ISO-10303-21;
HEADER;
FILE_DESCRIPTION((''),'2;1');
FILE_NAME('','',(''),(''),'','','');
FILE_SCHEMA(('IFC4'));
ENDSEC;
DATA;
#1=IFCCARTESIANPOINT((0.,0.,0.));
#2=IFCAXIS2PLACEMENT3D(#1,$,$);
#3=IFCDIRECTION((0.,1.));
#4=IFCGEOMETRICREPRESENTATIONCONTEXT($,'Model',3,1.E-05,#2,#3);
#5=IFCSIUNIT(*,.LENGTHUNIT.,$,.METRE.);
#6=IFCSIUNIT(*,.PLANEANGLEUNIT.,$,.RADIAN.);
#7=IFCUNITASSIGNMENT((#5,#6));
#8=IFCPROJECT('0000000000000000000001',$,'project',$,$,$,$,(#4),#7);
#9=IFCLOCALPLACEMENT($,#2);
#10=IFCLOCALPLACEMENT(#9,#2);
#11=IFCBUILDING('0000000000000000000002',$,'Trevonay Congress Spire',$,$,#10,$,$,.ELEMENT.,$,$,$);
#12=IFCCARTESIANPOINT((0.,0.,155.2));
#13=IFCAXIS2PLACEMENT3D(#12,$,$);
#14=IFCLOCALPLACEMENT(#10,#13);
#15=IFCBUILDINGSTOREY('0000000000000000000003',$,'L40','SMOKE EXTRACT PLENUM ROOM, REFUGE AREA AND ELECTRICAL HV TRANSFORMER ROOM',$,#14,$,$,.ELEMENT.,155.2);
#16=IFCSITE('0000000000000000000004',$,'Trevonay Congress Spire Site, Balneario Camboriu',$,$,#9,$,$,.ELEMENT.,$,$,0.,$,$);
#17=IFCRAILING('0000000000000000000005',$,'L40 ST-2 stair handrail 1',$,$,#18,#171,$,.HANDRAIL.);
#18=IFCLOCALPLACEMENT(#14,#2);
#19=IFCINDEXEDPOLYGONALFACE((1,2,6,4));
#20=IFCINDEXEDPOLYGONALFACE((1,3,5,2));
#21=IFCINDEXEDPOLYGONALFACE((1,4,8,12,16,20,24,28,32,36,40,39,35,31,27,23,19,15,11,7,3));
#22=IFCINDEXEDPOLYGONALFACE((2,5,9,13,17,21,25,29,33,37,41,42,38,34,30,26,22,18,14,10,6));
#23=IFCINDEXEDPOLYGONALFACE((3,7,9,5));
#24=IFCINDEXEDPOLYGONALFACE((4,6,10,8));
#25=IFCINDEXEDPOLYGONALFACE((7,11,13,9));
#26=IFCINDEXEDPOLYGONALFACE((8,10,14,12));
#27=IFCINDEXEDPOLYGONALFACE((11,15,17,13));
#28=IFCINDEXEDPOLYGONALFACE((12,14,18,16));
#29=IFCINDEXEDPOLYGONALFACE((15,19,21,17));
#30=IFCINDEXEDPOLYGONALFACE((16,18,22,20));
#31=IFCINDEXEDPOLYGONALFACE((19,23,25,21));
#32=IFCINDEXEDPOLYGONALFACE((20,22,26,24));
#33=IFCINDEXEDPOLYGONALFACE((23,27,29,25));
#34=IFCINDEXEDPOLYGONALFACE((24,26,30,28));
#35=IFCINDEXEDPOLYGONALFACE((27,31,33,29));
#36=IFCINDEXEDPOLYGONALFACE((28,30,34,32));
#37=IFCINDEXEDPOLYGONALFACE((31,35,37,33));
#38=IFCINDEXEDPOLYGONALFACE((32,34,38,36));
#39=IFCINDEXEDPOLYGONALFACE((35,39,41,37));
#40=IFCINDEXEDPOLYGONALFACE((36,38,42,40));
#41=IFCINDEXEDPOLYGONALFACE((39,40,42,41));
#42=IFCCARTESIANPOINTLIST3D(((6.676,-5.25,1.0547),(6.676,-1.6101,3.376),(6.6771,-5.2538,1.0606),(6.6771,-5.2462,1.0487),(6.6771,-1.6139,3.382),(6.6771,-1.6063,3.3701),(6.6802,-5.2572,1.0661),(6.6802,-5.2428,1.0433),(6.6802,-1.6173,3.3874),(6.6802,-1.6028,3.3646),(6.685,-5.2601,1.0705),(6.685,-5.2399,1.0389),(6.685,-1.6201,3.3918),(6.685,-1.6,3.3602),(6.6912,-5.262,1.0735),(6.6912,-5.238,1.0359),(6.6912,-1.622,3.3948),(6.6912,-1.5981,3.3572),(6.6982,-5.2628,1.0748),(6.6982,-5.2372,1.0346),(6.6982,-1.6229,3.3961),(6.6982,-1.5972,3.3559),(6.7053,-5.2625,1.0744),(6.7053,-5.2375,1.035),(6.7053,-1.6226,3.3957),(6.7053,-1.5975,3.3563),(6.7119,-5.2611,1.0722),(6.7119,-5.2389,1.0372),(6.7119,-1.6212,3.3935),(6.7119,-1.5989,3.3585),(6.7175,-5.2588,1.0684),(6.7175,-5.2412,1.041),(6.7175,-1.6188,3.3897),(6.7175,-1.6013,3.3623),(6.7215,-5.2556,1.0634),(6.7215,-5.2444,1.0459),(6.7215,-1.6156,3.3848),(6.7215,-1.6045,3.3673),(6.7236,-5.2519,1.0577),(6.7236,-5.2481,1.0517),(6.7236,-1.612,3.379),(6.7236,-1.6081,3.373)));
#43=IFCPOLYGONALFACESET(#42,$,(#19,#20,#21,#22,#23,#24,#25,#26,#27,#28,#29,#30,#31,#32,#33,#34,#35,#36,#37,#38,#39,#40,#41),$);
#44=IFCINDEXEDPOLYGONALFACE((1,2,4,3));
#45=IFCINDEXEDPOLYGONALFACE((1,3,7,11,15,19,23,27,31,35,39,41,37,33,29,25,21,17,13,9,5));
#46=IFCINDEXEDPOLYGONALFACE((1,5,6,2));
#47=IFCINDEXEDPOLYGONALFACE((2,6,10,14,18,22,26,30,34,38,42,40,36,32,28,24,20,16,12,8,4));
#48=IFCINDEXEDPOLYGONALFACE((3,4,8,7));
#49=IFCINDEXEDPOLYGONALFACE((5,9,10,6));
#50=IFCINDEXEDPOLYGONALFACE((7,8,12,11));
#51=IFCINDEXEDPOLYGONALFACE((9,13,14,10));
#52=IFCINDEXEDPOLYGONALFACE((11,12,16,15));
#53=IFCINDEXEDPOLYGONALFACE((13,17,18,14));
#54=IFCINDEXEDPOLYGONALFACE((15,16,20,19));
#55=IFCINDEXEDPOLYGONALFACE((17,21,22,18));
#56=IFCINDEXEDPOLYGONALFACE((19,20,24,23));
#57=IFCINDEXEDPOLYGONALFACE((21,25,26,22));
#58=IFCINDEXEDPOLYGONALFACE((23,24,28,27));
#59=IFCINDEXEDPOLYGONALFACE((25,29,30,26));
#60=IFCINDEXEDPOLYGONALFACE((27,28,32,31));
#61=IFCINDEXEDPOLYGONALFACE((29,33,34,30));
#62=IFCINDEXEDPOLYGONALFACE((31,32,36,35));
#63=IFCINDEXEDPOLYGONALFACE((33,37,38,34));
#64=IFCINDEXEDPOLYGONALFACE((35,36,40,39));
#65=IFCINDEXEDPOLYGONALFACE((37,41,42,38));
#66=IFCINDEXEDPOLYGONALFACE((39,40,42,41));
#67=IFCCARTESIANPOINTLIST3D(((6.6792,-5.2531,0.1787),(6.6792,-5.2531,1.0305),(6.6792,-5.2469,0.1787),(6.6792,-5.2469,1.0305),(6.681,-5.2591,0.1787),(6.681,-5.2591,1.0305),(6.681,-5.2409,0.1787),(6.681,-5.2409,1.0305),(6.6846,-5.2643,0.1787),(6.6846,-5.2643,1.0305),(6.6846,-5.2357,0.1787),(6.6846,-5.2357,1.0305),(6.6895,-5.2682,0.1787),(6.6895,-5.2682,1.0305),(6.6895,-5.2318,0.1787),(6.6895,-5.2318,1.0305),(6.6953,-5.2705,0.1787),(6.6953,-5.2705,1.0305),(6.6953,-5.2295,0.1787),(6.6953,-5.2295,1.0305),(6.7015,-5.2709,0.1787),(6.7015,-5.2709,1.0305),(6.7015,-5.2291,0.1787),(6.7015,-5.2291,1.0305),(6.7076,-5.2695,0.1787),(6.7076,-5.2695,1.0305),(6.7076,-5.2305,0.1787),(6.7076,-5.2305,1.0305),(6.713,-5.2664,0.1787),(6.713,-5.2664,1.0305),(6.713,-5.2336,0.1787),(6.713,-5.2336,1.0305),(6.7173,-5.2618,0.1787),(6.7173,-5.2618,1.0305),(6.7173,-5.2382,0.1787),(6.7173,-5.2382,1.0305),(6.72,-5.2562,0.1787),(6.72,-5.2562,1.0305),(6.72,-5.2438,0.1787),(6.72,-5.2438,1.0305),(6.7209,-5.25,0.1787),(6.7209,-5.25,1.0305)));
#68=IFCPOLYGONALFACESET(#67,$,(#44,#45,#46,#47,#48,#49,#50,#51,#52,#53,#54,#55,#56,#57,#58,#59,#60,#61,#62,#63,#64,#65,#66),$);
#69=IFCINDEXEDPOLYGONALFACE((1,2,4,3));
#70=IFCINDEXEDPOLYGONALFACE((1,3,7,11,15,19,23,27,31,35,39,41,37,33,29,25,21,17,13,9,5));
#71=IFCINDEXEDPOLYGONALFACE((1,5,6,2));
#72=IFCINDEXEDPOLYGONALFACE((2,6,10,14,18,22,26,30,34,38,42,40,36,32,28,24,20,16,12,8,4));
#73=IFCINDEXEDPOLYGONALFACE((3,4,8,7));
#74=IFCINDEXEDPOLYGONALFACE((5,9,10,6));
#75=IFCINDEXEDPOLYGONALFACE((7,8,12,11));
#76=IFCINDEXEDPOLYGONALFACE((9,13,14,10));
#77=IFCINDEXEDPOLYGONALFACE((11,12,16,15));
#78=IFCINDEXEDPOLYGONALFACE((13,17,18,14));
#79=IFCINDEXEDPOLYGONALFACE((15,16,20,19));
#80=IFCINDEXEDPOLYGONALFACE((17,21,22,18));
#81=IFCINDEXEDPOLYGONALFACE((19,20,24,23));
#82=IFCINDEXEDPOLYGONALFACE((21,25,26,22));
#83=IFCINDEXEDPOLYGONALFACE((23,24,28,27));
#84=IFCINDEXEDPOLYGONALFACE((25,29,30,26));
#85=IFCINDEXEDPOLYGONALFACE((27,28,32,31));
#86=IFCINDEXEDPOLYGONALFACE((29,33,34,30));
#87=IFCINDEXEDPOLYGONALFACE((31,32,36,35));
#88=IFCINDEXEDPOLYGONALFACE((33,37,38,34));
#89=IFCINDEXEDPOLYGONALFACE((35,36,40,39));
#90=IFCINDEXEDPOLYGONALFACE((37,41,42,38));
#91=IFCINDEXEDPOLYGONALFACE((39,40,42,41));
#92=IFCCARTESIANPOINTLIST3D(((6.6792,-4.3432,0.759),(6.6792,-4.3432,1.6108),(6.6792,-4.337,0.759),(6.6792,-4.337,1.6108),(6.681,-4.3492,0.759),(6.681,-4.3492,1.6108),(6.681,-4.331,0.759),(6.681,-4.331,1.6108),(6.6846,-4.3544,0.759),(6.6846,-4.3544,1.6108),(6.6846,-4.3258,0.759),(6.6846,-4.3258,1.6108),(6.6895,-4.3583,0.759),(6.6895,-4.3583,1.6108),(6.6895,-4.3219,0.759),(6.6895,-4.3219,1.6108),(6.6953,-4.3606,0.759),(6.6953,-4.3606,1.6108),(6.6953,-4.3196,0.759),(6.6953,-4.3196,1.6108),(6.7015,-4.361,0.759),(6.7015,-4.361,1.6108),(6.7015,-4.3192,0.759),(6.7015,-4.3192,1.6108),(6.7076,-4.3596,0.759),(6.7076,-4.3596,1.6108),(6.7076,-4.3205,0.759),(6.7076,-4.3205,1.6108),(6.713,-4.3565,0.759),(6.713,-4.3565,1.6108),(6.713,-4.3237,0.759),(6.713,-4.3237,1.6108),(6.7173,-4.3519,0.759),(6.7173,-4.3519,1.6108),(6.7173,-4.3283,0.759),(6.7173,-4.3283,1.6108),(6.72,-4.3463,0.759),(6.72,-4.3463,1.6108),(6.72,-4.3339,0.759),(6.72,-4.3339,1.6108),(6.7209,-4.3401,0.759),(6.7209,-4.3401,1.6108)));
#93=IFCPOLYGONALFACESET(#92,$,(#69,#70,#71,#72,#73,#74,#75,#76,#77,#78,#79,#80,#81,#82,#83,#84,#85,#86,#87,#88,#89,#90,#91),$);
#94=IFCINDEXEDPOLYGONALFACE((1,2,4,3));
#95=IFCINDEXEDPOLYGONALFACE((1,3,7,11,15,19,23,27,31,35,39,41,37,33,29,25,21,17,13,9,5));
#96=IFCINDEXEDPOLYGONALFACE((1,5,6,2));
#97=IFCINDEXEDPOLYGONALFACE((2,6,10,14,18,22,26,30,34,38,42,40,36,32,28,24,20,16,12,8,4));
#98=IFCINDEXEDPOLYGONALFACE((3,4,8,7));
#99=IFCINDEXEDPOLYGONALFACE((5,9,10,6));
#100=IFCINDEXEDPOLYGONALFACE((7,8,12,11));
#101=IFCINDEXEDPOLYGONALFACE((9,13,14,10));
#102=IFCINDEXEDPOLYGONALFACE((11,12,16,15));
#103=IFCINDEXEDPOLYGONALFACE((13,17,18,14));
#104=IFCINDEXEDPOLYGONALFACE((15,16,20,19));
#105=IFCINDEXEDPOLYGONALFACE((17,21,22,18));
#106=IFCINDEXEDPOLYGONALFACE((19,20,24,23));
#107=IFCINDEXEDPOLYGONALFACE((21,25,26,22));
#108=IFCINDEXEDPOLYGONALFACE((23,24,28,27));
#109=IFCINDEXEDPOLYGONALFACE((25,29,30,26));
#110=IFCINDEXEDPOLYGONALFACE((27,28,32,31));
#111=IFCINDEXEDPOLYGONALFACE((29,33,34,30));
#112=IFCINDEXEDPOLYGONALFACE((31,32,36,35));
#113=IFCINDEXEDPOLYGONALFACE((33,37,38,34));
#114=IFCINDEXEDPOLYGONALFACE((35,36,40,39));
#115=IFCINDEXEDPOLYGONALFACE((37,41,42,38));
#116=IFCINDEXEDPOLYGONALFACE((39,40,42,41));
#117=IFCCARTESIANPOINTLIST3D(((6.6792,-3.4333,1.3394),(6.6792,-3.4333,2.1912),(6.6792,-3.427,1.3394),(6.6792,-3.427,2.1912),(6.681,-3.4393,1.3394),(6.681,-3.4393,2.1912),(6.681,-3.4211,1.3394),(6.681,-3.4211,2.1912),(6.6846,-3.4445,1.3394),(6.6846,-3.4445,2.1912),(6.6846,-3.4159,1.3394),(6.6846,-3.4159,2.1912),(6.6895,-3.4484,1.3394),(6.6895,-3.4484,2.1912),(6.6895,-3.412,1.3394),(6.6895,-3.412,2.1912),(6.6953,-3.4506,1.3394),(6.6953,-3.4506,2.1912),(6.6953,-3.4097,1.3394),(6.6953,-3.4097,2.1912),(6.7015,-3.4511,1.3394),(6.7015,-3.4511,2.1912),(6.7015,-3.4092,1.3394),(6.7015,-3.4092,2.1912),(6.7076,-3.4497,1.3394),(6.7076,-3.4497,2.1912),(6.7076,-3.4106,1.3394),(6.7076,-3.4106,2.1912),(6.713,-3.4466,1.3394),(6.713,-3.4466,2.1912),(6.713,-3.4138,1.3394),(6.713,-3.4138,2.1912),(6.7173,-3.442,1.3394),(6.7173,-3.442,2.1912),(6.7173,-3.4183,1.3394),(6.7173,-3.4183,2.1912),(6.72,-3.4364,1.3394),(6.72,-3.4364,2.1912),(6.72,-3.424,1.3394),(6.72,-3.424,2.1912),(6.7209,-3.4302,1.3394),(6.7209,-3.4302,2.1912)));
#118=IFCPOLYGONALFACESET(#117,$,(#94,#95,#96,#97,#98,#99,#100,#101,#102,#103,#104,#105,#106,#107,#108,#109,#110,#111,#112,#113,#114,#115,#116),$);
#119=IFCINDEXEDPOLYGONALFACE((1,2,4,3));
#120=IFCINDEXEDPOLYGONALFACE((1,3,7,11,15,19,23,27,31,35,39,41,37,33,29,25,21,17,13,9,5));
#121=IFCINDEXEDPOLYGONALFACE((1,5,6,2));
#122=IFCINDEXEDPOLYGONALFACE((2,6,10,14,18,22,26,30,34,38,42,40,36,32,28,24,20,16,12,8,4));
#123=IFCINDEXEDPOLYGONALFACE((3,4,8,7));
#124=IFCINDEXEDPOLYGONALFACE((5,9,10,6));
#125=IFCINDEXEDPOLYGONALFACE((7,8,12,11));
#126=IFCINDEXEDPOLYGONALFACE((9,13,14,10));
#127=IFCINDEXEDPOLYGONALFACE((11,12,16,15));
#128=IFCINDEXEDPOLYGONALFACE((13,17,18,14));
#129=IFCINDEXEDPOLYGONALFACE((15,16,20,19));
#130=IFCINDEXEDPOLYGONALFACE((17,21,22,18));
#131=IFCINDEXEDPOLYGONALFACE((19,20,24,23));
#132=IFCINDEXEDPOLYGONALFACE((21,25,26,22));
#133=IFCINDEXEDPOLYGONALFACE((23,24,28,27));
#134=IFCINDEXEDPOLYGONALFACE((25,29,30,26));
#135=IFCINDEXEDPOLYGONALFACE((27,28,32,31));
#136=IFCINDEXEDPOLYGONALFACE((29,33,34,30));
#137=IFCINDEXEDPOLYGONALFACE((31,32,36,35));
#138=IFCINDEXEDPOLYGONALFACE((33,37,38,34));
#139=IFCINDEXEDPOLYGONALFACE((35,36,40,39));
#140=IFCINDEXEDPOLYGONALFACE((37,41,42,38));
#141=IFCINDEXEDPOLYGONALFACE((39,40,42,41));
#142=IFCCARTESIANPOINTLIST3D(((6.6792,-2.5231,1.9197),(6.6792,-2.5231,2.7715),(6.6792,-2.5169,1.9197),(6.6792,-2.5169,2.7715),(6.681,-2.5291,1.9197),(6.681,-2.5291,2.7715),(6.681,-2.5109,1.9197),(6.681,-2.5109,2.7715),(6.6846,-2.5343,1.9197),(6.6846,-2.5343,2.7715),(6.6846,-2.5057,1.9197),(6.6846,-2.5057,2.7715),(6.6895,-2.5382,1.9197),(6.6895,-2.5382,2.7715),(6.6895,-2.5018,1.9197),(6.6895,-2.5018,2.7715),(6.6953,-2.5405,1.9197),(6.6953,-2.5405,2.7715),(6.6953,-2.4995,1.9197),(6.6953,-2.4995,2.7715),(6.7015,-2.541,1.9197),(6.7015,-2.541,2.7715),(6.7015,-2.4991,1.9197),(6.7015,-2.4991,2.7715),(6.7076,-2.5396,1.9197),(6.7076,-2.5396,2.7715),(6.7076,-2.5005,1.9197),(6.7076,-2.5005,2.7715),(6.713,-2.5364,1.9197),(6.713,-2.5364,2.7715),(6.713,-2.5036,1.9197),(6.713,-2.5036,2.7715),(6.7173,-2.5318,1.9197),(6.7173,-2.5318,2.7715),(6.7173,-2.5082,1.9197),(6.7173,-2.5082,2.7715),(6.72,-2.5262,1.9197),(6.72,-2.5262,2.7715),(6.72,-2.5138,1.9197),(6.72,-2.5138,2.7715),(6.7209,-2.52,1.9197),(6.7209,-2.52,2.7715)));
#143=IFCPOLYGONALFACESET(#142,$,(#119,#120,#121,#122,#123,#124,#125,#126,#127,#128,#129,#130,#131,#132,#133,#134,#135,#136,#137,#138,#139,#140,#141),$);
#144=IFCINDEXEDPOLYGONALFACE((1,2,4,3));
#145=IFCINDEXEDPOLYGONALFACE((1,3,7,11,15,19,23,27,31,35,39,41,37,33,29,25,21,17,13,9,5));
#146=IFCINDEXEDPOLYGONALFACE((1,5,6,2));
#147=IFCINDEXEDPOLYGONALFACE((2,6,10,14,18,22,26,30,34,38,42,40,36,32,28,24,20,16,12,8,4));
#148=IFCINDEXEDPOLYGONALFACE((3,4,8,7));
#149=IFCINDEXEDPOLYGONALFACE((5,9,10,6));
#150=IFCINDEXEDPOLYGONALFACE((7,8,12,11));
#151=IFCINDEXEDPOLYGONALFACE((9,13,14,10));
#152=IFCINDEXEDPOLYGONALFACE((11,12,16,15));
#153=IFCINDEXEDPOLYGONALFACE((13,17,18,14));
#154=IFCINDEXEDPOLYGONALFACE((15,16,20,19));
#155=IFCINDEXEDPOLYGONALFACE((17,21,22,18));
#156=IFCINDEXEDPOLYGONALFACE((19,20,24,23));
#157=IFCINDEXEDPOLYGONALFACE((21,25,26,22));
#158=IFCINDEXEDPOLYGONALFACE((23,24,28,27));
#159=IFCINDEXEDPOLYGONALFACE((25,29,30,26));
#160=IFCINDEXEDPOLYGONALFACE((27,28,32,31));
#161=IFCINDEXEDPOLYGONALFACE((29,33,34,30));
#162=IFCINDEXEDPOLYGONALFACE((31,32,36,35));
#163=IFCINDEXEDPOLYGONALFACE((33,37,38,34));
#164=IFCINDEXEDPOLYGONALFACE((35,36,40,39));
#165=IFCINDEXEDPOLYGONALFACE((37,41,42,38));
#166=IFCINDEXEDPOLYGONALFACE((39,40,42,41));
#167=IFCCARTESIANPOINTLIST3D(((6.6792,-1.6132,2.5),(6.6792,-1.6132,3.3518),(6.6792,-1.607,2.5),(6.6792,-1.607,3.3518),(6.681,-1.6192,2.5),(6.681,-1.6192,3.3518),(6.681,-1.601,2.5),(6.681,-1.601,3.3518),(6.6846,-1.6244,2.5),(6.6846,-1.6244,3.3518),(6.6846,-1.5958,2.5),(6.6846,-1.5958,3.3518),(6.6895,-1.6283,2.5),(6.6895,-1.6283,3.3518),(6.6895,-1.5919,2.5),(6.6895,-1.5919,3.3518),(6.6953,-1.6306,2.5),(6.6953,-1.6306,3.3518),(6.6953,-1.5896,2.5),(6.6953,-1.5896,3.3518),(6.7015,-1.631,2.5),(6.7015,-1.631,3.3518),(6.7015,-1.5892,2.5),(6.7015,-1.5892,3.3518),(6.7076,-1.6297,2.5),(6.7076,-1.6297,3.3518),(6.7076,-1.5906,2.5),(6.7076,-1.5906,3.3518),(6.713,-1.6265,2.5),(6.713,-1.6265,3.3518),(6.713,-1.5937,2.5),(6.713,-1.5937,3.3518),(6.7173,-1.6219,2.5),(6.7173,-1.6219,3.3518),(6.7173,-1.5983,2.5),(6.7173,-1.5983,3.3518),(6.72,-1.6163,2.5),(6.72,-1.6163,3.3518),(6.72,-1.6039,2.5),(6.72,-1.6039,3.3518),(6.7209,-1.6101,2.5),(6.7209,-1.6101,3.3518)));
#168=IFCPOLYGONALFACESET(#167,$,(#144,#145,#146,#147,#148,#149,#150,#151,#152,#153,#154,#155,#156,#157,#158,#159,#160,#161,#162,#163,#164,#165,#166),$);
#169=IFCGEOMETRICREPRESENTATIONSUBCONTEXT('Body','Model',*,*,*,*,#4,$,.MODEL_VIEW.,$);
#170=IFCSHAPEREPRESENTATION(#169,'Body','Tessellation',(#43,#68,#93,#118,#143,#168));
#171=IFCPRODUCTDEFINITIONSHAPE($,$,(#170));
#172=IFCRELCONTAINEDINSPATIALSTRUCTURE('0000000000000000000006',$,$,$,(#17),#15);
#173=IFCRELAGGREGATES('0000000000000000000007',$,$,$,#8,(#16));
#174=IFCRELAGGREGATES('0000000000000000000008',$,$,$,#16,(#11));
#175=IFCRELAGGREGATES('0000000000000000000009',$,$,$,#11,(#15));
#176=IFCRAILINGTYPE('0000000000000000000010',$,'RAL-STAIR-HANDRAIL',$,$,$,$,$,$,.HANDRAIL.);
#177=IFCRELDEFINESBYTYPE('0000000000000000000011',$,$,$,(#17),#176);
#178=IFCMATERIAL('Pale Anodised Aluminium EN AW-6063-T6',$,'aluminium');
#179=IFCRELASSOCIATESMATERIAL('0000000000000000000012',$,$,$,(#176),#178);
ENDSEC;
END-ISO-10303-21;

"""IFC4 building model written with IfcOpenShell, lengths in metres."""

from ifc_helpers import new_model, si_unit, direction, frame, origin, origin_2d, place, context, subcontext, project, spatial, circle, extrude, material, type_object, element, save


model = new_model("IFC4")

# Units and contexts
model_context = context("Model", 3, precision=1e-05, world=origin(), true_north=direction((0.0, 1.0)))
body_context = subcontext(model_context, "Body", "Model", "MODEL_VIEW")
ifc_project = project(units=[si_unit("LENGTHUNIT", "METRE"), si_unit("PLANEANGLEUNIT", "RADIAN")], contexts=[model_context])

# Site, building, storey
site_placement = place(None, origin())
site = spatial("IfcSite", under=ifc_project, at=site_placement, Name="Trevonay Congress Spire Site, Balneario Camboriu", CompositionType="ELEMENT", RefElevation=0.0)
building_placement = place(site_placement, origin())
building = spatial("IfcBuilding", under=site, at=building_placement, Name="Trevonay Congress Spire", CompositionType="ELEMENT")
storey_placement = place(building_placement, frame((0.0, 0.0, 155.2)))
storey = spatial("IfcBuildingStorey", under=building, at=storey_placement, Name="L40", Description="SMOKE EXTRACT PLENUM ROOM, REFUGE AREA AND ELECTRICAL HV TRANSFORMER ROOM", CompositionType="ELEMENT", Elevation=155.2)

# Shared definitions
ifc_material_1 = material(Name="Pale Anodised Aluminium EN AW-6063-T6", Category="aluminium")

# Railing
railing_type_1 = type_object("IfcRailingType", Name="RAL-STAIR-HANDRAIL", PredefinedType="HANDRAIL", material=ifc_material_1)
railing_1_placement = place(storey_placement, frame((6.7, -5.25, 0.1787)))
element("IfcRailing", 1, at=railing_1_placement, inside=storey, type_object=railing_type_1, Name="L40 ST-2 stair handrail 1", PredefinedType="HANDRAIL", context=body_context, shape_type="SweptSolid", body=[
    extrude(circle(Radius=0.0239, at=origin_2d()), frame((0.0, 0.0, 0.876), z_axis=(0.0, 0.843137, 0.537699), x_axis=(-1.0, 0.0, 0.0)), (0.0, 0.0, 1.0), 4.3171),
    extrude(circle(Radius=0.021, at=origin_2d()), origin(), (0.0, 0.0, 1.0), 0.8518),
    extrude(circle(Radius=0.021, at=origin_2d()), frame((0.0, 0.9099, 0.5803)), (0.0, 0.0, 1.0), 0.8518),
    extrude(circle(Radius=0.021, at=origin_2d()), frame((0.0, 1.8198, 1.1606)), (0.0, 0.0, 1.0), 0.8518),
    extrude(circle(Radius=0.021, at=origin_2d()), frame((0.0, 2.73, 1.741)), (0.0, 0.0, 1.0), 0.8518),
    extrude(circle(Radius=0.021, at=origin_2d()), frame((0.0, 3.6399, 2.3213)), (0.0, 0.0, 1.0), 0.8518),
])

save(model, "model.ifc")
